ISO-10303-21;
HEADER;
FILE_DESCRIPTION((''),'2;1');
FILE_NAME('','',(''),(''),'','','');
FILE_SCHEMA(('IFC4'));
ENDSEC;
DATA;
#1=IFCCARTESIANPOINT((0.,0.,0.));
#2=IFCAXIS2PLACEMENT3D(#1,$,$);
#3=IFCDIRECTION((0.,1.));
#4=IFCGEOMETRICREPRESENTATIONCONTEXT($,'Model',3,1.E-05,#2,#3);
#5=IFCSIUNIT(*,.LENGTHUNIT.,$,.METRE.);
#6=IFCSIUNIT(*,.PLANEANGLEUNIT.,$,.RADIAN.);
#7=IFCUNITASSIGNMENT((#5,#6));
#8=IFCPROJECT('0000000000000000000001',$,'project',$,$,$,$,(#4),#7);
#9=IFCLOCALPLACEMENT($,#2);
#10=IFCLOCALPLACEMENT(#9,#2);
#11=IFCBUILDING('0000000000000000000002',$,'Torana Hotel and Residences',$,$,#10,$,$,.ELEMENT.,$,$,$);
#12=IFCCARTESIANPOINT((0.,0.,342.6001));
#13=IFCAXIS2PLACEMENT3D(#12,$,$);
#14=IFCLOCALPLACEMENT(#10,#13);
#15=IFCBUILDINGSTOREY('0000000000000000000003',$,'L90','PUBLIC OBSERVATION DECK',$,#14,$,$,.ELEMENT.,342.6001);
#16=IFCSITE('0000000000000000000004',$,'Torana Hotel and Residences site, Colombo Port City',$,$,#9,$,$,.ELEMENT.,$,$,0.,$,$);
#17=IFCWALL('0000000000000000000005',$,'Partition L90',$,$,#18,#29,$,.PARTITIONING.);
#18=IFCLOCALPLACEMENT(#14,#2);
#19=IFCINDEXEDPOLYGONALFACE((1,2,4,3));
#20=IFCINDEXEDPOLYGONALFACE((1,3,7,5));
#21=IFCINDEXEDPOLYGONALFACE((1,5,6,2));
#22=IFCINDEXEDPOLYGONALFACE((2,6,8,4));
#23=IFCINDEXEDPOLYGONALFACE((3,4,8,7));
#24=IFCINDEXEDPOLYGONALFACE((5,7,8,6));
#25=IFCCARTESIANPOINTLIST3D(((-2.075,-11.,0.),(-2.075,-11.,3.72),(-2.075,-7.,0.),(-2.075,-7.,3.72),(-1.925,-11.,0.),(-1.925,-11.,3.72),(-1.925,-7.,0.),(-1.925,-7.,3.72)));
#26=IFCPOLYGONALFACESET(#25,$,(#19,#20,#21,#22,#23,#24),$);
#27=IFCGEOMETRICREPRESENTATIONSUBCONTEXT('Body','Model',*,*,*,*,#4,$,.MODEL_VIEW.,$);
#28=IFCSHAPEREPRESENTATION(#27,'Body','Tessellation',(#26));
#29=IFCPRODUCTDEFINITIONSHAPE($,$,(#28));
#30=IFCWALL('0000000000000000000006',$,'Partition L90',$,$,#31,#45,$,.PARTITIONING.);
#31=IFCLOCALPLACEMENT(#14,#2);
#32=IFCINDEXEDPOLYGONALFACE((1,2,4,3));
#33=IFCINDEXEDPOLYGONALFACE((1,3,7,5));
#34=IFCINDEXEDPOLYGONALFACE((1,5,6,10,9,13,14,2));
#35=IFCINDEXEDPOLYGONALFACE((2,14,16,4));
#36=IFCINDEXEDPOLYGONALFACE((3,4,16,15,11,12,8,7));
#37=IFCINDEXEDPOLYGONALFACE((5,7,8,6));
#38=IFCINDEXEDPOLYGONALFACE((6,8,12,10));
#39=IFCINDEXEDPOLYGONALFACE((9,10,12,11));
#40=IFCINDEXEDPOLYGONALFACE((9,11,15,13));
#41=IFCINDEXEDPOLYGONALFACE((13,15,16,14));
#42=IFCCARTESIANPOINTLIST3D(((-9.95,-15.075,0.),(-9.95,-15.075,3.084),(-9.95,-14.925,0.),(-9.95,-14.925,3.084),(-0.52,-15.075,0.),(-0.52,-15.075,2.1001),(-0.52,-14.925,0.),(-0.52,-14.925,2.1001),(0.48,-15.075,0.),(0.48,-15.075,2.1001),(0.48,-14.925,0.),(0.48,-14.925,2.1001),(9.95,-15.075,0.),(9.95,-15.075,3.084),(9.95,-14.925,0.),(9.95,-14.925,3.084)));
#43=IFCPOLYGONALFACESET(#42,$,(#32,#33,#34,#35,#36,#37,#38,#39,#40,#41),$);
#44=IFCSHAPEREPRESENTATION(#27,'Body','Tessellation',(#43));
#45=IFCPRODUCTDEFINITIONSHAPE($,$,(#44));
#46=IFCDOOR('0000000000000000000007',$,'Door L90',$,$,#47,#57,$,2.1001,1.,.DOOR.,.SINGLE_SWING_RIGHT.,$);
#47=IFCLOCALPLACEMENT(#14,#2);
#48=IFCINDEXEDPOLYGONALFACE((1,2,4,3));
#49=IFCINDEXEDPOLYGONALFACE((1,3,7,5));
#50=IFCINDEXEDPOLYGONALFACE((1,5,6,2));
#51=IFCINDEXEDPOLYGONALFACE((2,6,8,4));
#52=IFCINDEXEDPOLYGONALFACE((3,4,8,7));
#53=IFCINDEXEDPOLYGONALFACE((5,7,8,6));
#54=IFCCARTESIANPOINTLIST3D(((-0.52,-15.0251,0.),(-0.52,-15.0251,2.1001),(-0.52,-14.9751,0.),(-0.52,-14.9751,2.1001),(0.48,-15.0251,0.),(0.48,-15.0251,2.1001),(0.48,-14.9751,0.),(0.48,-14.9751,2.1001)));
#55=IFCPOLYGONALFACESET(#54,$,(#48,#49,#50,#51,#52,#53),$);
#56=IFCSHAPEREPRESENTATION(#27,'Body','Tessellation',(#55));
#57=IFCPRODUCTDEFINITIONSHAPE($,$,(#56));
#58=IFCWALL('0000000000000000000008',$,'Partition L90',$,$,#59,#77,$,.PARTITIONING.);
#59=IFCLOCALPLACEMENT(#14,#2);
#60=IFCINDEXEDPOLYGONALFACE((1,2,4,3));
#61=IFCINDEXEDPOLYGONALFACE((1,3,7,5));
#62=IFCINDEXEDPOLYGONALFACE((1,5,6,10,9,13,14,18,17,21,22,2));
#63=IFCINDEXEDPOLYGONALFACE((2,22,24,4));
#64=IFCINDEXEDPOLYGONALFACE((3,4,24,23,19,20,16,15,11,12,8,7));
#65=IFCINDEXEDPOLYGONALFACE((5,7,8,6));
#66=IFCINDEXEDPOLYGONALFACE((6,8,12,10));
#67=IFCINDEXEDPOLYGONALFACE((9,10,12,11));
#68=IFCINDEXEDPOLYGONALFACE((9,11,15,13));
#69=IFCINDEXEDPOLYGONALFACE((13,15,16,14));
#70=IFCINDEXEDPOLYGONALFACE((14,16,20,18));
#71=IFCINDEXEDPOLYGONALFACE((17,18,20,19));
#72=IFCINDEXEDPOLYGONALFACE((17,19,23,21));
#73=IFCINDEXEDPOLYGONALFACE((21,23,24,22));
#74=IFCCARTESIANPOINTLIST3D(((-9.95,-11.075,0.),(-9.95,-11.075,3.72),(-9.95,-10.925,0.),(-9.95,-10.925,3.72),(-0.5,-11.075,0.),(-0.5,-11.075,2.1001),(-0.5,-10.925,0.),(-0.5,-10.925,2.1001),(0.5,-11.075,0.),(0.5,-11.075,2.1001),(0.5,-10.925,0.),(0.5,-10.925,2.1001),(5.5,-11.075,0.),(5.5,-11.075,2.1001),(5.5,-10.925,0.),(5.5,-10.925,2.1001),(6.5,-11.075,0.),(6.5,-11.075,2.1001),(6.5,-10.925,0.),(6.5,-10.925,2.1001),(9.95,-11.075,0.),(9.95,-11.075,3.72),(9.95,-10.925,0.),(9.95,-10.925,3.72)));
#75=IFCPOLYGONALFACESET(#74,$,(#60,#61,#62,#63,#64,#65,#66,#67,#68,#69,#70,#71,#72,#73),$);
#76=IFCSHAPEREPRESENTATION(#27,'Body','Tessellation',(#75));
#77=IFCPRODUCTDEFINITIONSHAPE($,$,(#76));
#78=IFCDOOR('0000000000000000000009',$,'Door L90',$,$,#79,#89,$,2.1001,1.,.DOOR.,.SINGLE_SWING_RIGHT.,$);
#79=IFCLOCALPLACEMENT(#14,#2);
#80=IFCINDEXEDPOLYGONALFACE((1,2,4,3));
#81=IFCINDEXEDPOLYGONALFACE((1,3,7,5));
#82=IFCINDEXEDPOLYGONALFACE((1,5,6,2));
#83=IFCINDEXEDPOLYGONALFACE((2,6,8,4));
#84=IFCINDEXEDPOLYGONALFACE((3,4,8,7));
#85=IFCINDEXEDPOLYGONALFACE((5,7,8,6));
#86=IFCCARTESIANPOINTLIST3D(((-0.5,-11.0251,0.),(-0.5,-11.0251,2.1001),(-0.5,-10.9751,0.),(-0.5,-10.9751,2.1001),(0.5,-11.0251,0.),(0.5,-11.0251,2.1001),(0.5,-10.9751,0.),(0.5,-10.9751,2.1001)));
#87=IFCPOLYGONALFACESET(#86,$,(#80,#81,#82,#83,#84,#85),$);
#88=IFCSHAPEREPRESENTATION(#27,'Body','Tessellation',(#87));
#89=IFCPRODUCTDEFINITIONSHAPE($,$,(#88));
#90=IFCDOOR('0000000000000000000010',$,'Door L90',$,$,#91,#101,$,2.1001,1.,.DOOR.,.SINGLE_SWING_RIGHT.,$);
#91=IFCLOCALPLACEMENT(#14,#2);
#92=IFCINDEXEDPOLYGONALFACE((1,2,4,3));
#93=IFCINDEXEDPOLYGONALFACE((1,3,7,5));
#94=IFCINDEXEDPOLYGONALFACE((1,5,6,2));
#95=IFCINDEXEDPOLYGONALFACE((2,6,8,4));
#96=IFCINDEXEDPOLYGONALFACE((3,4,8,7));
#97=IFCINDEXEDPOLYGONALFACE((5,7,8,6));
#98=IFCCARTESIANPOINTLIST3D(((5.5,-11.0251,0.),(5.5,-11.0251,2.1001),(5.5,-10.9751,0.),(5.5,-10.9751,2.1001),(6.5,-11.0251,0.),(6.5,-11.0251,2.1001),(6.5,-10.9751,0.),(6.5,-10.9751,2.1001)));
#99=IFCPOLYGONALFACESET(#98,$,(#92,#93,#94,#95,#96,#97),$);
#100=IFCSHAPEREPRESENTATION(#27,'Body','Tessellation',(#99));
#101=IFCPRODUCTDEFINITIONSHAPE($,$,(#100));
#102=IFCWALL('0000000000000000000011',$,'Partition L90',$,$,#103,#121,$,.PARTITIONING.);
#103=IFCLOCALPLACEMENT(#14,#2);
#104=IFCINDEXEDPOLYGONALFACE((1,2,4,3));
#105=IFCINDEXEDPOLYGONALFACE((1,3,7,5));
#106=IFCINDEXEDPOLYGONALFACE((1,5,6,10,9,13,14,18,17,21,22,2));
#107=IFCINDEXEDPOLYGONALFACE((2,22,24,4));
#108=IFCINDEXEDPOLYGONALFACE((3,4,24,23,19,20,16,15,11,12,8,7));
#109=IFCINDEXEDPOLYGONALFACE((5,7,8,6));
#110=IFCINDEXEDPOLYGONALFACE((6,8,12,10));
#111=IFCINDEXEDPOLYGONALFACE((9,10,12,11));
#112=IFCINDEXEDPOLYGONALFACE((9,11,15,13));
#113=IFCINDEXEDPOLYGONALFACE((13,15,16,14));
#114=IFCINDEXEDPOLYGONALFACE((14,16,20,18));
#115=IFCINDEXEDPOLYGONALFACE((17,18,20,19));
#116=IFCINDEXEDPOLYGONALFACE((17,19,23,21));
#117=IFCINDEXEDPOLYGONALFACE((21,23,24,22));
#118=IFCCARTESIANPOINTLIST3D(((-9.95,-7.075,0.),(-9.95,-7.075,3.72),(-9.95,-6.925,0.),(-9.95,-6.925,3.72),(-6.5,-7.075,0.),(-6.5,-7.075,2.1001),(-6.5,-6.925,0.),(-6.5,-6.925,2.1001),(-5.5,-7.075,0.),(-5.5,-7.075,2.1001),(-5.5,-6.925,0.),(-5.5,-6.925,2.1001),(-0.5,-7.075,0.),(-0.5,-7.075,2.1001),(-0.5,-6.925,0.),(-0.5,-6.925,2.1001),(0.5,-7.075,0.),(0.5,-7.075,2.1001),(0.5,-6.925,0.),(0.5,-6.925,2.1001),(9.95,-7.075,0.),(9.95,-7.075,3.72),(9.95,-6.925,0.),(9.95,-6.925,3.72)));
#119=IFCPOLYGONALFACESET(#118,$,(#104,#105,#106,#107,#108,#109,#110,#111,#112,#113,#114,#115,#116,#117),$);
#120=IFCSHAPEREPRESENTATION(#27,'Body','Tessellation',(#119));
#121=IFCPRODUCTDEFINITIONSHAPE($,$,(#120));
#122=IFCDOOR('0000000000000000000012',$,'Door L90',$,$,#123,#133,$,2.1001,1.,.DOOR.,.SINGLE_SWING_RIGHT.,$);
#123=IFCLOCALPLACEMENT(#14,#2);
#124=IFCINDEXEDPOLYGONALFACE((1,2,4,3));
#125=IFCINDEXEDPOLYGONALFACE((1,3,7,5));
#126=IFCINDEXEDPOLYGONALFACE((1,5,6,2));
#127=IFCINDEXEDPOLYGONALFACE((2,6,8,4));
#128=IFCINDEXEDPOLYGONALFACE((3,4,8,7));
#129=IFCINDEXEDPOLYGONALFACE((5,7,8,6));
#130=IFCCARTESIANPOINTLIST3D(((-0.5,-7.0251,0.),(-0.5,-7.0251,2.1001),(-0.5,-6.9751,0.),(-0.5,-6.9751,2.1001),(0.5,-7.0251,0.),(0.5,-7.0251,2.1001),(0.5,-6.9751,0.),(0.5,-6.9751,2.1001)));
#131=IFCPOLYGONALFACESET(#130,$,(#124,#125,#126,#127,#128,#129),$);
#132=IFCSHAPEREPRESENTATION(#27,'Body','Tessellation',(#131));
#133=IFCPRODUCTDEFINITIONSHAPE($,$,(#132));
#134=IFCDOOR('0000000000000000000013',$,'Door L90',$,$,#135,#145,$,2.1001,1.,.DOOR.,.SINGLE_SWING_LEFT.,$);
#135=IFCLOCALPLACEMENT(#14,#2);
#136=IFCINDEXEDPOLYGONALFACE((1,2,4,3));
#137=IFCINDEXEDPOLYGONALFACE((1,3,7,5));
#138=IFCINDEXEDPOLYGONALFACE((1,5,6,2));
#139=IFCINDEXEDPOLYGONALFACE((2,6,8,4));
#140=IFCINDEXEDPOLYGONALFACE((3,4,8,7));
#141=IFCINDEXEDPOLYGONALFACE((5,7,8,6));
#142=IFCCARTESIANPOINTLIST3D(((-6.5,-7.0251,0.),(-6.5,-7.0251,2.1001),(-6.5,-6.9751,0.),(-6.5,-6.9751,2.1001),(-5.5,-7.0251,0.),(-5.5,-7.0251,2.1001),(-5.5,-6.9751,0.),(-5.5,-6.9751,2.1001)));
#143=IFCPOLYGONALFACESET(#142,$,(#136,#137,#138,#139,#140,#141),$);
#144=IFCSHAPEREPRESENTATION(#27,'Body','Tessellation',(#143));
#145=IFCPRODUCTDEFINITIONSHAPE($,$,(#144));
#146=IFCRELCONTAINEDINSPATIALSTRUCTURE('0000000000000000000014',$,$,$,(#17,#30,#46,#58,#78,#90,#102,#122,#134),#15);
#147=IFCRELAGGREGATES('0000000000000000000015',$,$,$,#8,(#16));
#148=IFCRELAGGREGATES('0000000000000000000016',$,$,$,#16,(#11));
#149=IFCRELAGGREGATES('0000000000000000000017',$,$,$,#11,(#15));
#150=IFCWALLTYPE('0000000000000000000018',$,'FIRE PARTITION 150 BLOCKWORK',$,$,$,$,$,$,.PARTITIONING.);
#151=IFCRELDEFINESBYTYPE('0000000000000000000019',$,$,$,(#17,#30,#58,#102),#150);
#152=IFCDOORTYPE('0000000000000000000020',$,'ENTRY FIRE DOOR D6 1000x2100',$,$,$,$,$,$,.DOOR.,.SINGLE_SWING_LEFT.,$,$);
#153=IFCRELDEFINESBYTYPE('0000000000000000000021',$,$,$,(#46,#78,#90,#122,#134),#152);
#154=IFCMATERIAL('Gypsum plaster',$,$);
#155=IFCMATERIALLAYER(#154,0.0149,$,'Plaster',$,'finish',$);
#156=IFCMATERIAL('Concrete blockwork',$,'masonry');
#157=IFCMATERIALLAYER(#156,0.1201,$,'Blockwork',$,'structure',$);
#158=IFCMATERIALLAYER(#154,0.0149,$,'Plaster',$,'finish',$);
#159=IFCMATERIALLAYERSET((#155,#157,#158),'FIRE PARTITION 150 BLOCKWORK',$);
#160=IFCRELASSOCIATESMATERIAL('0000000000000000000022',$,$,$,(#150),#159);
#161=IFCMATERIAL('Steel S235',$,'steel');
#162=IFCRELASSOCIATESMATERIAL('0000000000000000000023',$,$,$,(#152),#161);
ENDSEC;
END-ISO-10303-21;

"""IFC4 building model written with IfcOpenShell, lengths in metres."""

from ifc_helpers import new_model, si_unit, direction, frame, frame_2d, origin, place, context, subcontext, project, spatial, rectangle, extrude, material, layer, layer_set, type_object, element, fill, save


model = new_model("IFC4")

# Units and contexts
model_context = context("Model", 3, precision=1e-05, world=origin(), true_north=direction((0.0, 1.0)))
body_context = subcontext(model_context, "Body", "Model", "MODEL_VIEW")
ifc_project = project(units=[si_unit("LENGTHUNIT", "METRE"), si_unit("PLANEANGLEUNIT", "RADIAN")], contexts=[model_context])

# Site, building, storey
site_placement = place(None, origin())
site = spatial("IfcSite", under=ifc_project, at=site_placement, Name="Torana Hotel and Residences site, Colombo Port City", CompositionType="ELEMENT", RefElevation=0.0)
building_placement = place(site_placement, origin())
building = spatial("IfcBuilding", under=site, at=building_placement, Name="Torana Hotel and Residences", CompositionType="ELEMENT")
storey_placement = place(building_placement, frame((0.0, 0.0, 342.6001)))
storey = spatial("IfcBuildingStorey", under=building, at=storey_placement, Name="L90", Description="PUBLIC OBSERVATION DECK", CompositionType="ELEMENT", Elevation=342.6001)

# Wall
ifc_material_1 = material(Name="Gypsum plaster")
ifc_layer_1 = layer(ifc_material_1, 0.0149, Name="Plaster", Category="finish")
ifc_material_2 = material(Name="Concrete blockwork", Category="masonry")
ifc_layer_2 = layer(ifc_material_2, 0.1201, Name="Blockwork", Category="structure")
ifc_layer_3 = layer(ifc_material_1, 0.0149, Name="Plaster", Category="finish")
ifc_layer_set_1 = layer_set([ifc_layer_1, ifc_layer_2, ifc_layer_3], Name="FIRE PARTITION 150 BLOCKWORK")
wall_type_1 = type_object("IfcWallType", Name="FIRE PARTITION 150 BLOCKWORK", PredefinedType="PARTITIONING", material=ifc_layer_set_1)
wall_1_placement = place(storey_placement, frame((-2.0, -11.0, 0.0), z_axis=(0.0, 0.0, 1.0), x_axis=(0.0, 1.0, 0.0)))
element("IfcWall", 1, at=wall_1_placement, inside=storey, type_object=wall_type_1, Name="Partition L90", PredefinedType="PARTITIONING", context=body_context, shape_type="SweptSolid", body=[
    extrude(rectangle(XDim=4.0, YDim=0.1499, at=frame_2d((2.0, 0.0))), origin(), (0.0, 0.0, 1.0), 3.72),
])

# Wall, opening, door
wall_2_placement = place(storey_placement, frame((-9.95, -15.0, 0.0), z_axis=(0.0, 0.0, 1.0), x_axis=(1.0, 0.0, 0.0)))
wall_2 = element("IfcWall", 2, at=wall_2_placement, inside=storey, type_object=wall_type_1, Name="Partition L90", PredefinedType="PARTITIONING", context=body_context, shape_type="SweptSolid", body=[
    extrude(rectangle(XDim=19.8999, YDim=0.1499, at=frame_2d((9.95, 0.0))), origin(), (0.0, 0.0, 1.0), 3.084),
])
opening_1_placement = place(wall_2_placement, frame((9.4299, 0.0, 0.0)))
opening_1 = element("IfcOpeningElement", 3, at=opening_1_placement, cuts=wall_2, PredefinedType="OPENING", context=body_context, shape_type="SweptSolid", body=[
    extrude(rectangle(XDim=1.0, YDim=2.1001, at=frame_2d((0.5, 1.05))), frame((0.0, 0.085, 0.0), z_axis=(0.0, -1.0, 0.0), x_axis=(1.0, 0.0, 0.0)), (0.0, 0.0, 1.0), 0.1699),
])
ifc_material_3 = material(Name="Steel S235", Category="steel")
door_type = type_object("IfcDoorType", Name="ENTRY FIRE DOOR D6 1000x2100", OperationType="SINGLE_SWING_LEFT", PredefinedType="DOOR", material=ifc_material_3)
door_1_placement = place(opening_1_placement, origin())
door_1 = element("IfcDoor", 4, at=door_1_placement, inside=storey, type_object=door_type, Name="Door L90", OperationType="SINGLE_SWING_RIGHT", OverallHeight=2.1001, OverallWidth=1.0, PredefinedType="DOOR", context=body_context, shape_type="SweptSolid", body=[
    extrude(rectangle(XDim=1.0, YDim=2.1001, at=frame_2d((0.5, 1.05))), frame((0.0, 0.0249, 0.0), z_axis=(0.0, -1.0, 0.0), x_axis=(1.0, 0.0, 0.0)), (0.0, 0.0, 1.0), 0.05),
])
fill(opening_1, door_1)

# Walls, openings, doors
wall_3_placement = place(storey_placement, frame((-9.95, -11.0, 0.0), z_axis=(0.0, 0.0, 1.0), x_axis=(1.0, 0.0, 0.0)))
wall_3 = element("IfcWall", 5, at=wall_3_placement, inside=storey, type_object=wall_type_1, Name="Partition L90", PredefinedType="PARTITIONING", context=body_context, shape_type="SweptSolid", body=[
    extrude(rectangle(XDim=19.8999, YDim=0.1499, at=frame_2d((9.95, 0.0))), origin(), (0.0, 0.0, 1.0), 3.72),
])
opening_2_placement = place(wall_3_placement, frame((9.45, 0.0, 0.0)))
opening_2 = element("IfcOpeningElement", 6, at=opening_2_placement, cuts=wall_3, PredefinedType="OPENING", context=body_context, shape_type="SweptSolid", body=[
    extrude(rectangle(XDim=1.0, YDim=2.1001, at=frame_2d((0.5, 1.05))), frame((0.0, 0.085, 0.0), z_axis=(0.0, -1.0, 0.0), x_axis=(1.0, 0.0, 0.0)), (0.0, 0.0, 1.0), 0.1699),
])
opening_3_placement = place(wall_3_placement, frame((15.45, 0.0, 0.0)))
opening_3 = element("IfcOpeningElement", 7, at=opening_3_placement, cuts=wall_3, PredefinedType="OPENING", context=body_context, shape_type="SweptSolid", body=[
    extrude(rectangle(XDim=1.0, YDim=2.1001, at=frame_2d((0.5, 1.05))), frame((0.0, 0.085, 0.0), z_axis=(0.0, -1.0, 0.0), x_axis=(1.0, 0.0, 0.0)), (0.0, 0.0, 1.0), 0.1699),
])
door_2_placement = place(opening_2_placement, origin())
door_2 = element("IfcDoor", 8, at=door_2_placement, inside=storey, type_object=door_type, Name="Door L90", OperationType="SINGLE_SWING_RIGHT", OverallHeight=2.1001, OverallWidth=1.0, PredefinedType="DOOR", context=body_context, shape_type="SweptSolid", body=[
    extrude(rectangle(XDim=1.0, YDim=2.1001, at=frame_2d((0.5, 1.05))), frame((0.0, 0.0249, 0.0), z_axis=(0.0, -1.0, 0.0), x_axis=(1.0, 0.0, 0.0)), (0.0, 0.0, 1.0), 0.05),
])
fill(opening_2, door_2)
door_3_placement = place(opening_3_placement, origin())
door_3 = element("IfcDoor", 9, at=door_3_placement, inside=storey, type_object=door_type, Name="Door L90", OperationType="SINGLE_SWING_RIGHT", OverallHeight=2.1001, OverallWidth=1.0, PredefinedType="DOOR", context=body_context, shape_type="SweptSolid", body=[
    extrude(rectangle(XDim=1.0, YDim=2.1001, at=frame_2d((0.5, 1.05))), frame((0.0, 0.0249, 0.0), z_axis=(0.0, -1.0, 0.0), x_axis=(1.0, 0.0, 0.0)), (0.0, 0.0, 1.0), 0.05),
])
fill(opening_3, door_3)
wall_4_placement = place(storey_placement, frame((-9.95, -7.0, 0.0), z_axis=(0.0, 0.0, 1.0), x_axis=(1.0, 0.0, 0.0)))
wall_4 = element("IfcWall", 10, at=wall_4_placement, inside=storey, type_object=wall_type_1, Name="Partition L90", PredefinedType="PARTITIONING", context=body_context, shape_type="SweptSolid", body=[
    extrude(rectangle(XDim=19.8999, YDim=0.1499, at=frame_2d((9.95, 0.0))), origin(), (0.0, 0.0, 1.0), 3.72),
])
opening_4_placement = place(wall_4_placement, frame((9.45, 0.0, 0.0)))
opening_4 = element("IfcOpeningElement", 11, at=opening_4_placement, cuts=wall_4, PredefinedType="OPENING", context=body_context, shape_type="SweptSolid", body=[
    extrude(rectangle(XDim=1.0, YDim=2.1001, at=frame_2d((0.5, 1.05))), frame((0.0, 0.085, 0.0), z_axis=(0.0, -1.0, 0.0), x_axis=(1.0, 0.0, 0.0)), (0.0, 0.0, 1.0), 0.1699),
])
opening_5_placement = place(wall_4_placement, frame((3.45, 0.0, 0.0)))
opening_5 = element("IfcOpeningElement", 12, at=opening_5_placement, cuts=wall_4, PredefinedType="OPENING", context=body_context, shape_type="SweptSolid", body=[
    extrude(rectangle(XDim=1.0, YDim=2.1001, at=frame_2d((0.5, 1.05))), frame((0.0, 0.085, 0.0), z_axis=(0.0, -1.0, 0.0), x_axis=(1.0, 0.0, 0.0)), (0.0, 0.0, 1.0), 0.1699),
])
door_4_placement = place(opening_4_placement, origin())
door_4 = element("IfcDoor", 13, at=door_4_placement, inside=storey, type_object=door_type, Name="Door L90", OperationType="SINGLE_SWING_RIGHT", OverallHeight=2.1001, OverallWidth=1.0, PredefinedType="DOOR", context=body_context, shape_type="SweptSolid", body=[
    extrude(rectangle(XDim=1.0, YDim=2.1001, at=frame_2d((0.5, 1.05))), frame((0.0, 0.0249, 0.0), z_axis=(0.0, -1.0, 0.0), x_axis=(1.0, 0.0, 0.0)), (0.0, 0.0, 1.0), 0.05),
])
fill(opening_4, door_4)
door_5_placement = place(opening_5_placement, frame((0.5, 0.0, 0.0), z_axis=(0.0, 0.0, 1.0), x_axis=(-1.0, 0.0, 0.0)))
door_5 = element("IfcDoor", 14, at=door_5_placement, inside=storey, type_object=door_type, Name="Door L90", OperationType="SINGLE_SWING_LEFT", OverallHeight=2.1001, OverallWidth=1.0, PredefinedType="DOOR", context=body_context, shape_type="SweptSolid", body=[
    extrude(rectangle(XDim=1.0, YDim=2.1001, at=frame_2d((0.0, 1.05))), frame((0.0, -0.0249, 0.0), z_axis=(0.0, 1.0, 0.0), x_axis=(-1.0, 0.0, 0.0)), (0.0, 0.0, 1.0), 0.05),
])
fill(opening_5, door_5)

save(model, "model.ifc")
